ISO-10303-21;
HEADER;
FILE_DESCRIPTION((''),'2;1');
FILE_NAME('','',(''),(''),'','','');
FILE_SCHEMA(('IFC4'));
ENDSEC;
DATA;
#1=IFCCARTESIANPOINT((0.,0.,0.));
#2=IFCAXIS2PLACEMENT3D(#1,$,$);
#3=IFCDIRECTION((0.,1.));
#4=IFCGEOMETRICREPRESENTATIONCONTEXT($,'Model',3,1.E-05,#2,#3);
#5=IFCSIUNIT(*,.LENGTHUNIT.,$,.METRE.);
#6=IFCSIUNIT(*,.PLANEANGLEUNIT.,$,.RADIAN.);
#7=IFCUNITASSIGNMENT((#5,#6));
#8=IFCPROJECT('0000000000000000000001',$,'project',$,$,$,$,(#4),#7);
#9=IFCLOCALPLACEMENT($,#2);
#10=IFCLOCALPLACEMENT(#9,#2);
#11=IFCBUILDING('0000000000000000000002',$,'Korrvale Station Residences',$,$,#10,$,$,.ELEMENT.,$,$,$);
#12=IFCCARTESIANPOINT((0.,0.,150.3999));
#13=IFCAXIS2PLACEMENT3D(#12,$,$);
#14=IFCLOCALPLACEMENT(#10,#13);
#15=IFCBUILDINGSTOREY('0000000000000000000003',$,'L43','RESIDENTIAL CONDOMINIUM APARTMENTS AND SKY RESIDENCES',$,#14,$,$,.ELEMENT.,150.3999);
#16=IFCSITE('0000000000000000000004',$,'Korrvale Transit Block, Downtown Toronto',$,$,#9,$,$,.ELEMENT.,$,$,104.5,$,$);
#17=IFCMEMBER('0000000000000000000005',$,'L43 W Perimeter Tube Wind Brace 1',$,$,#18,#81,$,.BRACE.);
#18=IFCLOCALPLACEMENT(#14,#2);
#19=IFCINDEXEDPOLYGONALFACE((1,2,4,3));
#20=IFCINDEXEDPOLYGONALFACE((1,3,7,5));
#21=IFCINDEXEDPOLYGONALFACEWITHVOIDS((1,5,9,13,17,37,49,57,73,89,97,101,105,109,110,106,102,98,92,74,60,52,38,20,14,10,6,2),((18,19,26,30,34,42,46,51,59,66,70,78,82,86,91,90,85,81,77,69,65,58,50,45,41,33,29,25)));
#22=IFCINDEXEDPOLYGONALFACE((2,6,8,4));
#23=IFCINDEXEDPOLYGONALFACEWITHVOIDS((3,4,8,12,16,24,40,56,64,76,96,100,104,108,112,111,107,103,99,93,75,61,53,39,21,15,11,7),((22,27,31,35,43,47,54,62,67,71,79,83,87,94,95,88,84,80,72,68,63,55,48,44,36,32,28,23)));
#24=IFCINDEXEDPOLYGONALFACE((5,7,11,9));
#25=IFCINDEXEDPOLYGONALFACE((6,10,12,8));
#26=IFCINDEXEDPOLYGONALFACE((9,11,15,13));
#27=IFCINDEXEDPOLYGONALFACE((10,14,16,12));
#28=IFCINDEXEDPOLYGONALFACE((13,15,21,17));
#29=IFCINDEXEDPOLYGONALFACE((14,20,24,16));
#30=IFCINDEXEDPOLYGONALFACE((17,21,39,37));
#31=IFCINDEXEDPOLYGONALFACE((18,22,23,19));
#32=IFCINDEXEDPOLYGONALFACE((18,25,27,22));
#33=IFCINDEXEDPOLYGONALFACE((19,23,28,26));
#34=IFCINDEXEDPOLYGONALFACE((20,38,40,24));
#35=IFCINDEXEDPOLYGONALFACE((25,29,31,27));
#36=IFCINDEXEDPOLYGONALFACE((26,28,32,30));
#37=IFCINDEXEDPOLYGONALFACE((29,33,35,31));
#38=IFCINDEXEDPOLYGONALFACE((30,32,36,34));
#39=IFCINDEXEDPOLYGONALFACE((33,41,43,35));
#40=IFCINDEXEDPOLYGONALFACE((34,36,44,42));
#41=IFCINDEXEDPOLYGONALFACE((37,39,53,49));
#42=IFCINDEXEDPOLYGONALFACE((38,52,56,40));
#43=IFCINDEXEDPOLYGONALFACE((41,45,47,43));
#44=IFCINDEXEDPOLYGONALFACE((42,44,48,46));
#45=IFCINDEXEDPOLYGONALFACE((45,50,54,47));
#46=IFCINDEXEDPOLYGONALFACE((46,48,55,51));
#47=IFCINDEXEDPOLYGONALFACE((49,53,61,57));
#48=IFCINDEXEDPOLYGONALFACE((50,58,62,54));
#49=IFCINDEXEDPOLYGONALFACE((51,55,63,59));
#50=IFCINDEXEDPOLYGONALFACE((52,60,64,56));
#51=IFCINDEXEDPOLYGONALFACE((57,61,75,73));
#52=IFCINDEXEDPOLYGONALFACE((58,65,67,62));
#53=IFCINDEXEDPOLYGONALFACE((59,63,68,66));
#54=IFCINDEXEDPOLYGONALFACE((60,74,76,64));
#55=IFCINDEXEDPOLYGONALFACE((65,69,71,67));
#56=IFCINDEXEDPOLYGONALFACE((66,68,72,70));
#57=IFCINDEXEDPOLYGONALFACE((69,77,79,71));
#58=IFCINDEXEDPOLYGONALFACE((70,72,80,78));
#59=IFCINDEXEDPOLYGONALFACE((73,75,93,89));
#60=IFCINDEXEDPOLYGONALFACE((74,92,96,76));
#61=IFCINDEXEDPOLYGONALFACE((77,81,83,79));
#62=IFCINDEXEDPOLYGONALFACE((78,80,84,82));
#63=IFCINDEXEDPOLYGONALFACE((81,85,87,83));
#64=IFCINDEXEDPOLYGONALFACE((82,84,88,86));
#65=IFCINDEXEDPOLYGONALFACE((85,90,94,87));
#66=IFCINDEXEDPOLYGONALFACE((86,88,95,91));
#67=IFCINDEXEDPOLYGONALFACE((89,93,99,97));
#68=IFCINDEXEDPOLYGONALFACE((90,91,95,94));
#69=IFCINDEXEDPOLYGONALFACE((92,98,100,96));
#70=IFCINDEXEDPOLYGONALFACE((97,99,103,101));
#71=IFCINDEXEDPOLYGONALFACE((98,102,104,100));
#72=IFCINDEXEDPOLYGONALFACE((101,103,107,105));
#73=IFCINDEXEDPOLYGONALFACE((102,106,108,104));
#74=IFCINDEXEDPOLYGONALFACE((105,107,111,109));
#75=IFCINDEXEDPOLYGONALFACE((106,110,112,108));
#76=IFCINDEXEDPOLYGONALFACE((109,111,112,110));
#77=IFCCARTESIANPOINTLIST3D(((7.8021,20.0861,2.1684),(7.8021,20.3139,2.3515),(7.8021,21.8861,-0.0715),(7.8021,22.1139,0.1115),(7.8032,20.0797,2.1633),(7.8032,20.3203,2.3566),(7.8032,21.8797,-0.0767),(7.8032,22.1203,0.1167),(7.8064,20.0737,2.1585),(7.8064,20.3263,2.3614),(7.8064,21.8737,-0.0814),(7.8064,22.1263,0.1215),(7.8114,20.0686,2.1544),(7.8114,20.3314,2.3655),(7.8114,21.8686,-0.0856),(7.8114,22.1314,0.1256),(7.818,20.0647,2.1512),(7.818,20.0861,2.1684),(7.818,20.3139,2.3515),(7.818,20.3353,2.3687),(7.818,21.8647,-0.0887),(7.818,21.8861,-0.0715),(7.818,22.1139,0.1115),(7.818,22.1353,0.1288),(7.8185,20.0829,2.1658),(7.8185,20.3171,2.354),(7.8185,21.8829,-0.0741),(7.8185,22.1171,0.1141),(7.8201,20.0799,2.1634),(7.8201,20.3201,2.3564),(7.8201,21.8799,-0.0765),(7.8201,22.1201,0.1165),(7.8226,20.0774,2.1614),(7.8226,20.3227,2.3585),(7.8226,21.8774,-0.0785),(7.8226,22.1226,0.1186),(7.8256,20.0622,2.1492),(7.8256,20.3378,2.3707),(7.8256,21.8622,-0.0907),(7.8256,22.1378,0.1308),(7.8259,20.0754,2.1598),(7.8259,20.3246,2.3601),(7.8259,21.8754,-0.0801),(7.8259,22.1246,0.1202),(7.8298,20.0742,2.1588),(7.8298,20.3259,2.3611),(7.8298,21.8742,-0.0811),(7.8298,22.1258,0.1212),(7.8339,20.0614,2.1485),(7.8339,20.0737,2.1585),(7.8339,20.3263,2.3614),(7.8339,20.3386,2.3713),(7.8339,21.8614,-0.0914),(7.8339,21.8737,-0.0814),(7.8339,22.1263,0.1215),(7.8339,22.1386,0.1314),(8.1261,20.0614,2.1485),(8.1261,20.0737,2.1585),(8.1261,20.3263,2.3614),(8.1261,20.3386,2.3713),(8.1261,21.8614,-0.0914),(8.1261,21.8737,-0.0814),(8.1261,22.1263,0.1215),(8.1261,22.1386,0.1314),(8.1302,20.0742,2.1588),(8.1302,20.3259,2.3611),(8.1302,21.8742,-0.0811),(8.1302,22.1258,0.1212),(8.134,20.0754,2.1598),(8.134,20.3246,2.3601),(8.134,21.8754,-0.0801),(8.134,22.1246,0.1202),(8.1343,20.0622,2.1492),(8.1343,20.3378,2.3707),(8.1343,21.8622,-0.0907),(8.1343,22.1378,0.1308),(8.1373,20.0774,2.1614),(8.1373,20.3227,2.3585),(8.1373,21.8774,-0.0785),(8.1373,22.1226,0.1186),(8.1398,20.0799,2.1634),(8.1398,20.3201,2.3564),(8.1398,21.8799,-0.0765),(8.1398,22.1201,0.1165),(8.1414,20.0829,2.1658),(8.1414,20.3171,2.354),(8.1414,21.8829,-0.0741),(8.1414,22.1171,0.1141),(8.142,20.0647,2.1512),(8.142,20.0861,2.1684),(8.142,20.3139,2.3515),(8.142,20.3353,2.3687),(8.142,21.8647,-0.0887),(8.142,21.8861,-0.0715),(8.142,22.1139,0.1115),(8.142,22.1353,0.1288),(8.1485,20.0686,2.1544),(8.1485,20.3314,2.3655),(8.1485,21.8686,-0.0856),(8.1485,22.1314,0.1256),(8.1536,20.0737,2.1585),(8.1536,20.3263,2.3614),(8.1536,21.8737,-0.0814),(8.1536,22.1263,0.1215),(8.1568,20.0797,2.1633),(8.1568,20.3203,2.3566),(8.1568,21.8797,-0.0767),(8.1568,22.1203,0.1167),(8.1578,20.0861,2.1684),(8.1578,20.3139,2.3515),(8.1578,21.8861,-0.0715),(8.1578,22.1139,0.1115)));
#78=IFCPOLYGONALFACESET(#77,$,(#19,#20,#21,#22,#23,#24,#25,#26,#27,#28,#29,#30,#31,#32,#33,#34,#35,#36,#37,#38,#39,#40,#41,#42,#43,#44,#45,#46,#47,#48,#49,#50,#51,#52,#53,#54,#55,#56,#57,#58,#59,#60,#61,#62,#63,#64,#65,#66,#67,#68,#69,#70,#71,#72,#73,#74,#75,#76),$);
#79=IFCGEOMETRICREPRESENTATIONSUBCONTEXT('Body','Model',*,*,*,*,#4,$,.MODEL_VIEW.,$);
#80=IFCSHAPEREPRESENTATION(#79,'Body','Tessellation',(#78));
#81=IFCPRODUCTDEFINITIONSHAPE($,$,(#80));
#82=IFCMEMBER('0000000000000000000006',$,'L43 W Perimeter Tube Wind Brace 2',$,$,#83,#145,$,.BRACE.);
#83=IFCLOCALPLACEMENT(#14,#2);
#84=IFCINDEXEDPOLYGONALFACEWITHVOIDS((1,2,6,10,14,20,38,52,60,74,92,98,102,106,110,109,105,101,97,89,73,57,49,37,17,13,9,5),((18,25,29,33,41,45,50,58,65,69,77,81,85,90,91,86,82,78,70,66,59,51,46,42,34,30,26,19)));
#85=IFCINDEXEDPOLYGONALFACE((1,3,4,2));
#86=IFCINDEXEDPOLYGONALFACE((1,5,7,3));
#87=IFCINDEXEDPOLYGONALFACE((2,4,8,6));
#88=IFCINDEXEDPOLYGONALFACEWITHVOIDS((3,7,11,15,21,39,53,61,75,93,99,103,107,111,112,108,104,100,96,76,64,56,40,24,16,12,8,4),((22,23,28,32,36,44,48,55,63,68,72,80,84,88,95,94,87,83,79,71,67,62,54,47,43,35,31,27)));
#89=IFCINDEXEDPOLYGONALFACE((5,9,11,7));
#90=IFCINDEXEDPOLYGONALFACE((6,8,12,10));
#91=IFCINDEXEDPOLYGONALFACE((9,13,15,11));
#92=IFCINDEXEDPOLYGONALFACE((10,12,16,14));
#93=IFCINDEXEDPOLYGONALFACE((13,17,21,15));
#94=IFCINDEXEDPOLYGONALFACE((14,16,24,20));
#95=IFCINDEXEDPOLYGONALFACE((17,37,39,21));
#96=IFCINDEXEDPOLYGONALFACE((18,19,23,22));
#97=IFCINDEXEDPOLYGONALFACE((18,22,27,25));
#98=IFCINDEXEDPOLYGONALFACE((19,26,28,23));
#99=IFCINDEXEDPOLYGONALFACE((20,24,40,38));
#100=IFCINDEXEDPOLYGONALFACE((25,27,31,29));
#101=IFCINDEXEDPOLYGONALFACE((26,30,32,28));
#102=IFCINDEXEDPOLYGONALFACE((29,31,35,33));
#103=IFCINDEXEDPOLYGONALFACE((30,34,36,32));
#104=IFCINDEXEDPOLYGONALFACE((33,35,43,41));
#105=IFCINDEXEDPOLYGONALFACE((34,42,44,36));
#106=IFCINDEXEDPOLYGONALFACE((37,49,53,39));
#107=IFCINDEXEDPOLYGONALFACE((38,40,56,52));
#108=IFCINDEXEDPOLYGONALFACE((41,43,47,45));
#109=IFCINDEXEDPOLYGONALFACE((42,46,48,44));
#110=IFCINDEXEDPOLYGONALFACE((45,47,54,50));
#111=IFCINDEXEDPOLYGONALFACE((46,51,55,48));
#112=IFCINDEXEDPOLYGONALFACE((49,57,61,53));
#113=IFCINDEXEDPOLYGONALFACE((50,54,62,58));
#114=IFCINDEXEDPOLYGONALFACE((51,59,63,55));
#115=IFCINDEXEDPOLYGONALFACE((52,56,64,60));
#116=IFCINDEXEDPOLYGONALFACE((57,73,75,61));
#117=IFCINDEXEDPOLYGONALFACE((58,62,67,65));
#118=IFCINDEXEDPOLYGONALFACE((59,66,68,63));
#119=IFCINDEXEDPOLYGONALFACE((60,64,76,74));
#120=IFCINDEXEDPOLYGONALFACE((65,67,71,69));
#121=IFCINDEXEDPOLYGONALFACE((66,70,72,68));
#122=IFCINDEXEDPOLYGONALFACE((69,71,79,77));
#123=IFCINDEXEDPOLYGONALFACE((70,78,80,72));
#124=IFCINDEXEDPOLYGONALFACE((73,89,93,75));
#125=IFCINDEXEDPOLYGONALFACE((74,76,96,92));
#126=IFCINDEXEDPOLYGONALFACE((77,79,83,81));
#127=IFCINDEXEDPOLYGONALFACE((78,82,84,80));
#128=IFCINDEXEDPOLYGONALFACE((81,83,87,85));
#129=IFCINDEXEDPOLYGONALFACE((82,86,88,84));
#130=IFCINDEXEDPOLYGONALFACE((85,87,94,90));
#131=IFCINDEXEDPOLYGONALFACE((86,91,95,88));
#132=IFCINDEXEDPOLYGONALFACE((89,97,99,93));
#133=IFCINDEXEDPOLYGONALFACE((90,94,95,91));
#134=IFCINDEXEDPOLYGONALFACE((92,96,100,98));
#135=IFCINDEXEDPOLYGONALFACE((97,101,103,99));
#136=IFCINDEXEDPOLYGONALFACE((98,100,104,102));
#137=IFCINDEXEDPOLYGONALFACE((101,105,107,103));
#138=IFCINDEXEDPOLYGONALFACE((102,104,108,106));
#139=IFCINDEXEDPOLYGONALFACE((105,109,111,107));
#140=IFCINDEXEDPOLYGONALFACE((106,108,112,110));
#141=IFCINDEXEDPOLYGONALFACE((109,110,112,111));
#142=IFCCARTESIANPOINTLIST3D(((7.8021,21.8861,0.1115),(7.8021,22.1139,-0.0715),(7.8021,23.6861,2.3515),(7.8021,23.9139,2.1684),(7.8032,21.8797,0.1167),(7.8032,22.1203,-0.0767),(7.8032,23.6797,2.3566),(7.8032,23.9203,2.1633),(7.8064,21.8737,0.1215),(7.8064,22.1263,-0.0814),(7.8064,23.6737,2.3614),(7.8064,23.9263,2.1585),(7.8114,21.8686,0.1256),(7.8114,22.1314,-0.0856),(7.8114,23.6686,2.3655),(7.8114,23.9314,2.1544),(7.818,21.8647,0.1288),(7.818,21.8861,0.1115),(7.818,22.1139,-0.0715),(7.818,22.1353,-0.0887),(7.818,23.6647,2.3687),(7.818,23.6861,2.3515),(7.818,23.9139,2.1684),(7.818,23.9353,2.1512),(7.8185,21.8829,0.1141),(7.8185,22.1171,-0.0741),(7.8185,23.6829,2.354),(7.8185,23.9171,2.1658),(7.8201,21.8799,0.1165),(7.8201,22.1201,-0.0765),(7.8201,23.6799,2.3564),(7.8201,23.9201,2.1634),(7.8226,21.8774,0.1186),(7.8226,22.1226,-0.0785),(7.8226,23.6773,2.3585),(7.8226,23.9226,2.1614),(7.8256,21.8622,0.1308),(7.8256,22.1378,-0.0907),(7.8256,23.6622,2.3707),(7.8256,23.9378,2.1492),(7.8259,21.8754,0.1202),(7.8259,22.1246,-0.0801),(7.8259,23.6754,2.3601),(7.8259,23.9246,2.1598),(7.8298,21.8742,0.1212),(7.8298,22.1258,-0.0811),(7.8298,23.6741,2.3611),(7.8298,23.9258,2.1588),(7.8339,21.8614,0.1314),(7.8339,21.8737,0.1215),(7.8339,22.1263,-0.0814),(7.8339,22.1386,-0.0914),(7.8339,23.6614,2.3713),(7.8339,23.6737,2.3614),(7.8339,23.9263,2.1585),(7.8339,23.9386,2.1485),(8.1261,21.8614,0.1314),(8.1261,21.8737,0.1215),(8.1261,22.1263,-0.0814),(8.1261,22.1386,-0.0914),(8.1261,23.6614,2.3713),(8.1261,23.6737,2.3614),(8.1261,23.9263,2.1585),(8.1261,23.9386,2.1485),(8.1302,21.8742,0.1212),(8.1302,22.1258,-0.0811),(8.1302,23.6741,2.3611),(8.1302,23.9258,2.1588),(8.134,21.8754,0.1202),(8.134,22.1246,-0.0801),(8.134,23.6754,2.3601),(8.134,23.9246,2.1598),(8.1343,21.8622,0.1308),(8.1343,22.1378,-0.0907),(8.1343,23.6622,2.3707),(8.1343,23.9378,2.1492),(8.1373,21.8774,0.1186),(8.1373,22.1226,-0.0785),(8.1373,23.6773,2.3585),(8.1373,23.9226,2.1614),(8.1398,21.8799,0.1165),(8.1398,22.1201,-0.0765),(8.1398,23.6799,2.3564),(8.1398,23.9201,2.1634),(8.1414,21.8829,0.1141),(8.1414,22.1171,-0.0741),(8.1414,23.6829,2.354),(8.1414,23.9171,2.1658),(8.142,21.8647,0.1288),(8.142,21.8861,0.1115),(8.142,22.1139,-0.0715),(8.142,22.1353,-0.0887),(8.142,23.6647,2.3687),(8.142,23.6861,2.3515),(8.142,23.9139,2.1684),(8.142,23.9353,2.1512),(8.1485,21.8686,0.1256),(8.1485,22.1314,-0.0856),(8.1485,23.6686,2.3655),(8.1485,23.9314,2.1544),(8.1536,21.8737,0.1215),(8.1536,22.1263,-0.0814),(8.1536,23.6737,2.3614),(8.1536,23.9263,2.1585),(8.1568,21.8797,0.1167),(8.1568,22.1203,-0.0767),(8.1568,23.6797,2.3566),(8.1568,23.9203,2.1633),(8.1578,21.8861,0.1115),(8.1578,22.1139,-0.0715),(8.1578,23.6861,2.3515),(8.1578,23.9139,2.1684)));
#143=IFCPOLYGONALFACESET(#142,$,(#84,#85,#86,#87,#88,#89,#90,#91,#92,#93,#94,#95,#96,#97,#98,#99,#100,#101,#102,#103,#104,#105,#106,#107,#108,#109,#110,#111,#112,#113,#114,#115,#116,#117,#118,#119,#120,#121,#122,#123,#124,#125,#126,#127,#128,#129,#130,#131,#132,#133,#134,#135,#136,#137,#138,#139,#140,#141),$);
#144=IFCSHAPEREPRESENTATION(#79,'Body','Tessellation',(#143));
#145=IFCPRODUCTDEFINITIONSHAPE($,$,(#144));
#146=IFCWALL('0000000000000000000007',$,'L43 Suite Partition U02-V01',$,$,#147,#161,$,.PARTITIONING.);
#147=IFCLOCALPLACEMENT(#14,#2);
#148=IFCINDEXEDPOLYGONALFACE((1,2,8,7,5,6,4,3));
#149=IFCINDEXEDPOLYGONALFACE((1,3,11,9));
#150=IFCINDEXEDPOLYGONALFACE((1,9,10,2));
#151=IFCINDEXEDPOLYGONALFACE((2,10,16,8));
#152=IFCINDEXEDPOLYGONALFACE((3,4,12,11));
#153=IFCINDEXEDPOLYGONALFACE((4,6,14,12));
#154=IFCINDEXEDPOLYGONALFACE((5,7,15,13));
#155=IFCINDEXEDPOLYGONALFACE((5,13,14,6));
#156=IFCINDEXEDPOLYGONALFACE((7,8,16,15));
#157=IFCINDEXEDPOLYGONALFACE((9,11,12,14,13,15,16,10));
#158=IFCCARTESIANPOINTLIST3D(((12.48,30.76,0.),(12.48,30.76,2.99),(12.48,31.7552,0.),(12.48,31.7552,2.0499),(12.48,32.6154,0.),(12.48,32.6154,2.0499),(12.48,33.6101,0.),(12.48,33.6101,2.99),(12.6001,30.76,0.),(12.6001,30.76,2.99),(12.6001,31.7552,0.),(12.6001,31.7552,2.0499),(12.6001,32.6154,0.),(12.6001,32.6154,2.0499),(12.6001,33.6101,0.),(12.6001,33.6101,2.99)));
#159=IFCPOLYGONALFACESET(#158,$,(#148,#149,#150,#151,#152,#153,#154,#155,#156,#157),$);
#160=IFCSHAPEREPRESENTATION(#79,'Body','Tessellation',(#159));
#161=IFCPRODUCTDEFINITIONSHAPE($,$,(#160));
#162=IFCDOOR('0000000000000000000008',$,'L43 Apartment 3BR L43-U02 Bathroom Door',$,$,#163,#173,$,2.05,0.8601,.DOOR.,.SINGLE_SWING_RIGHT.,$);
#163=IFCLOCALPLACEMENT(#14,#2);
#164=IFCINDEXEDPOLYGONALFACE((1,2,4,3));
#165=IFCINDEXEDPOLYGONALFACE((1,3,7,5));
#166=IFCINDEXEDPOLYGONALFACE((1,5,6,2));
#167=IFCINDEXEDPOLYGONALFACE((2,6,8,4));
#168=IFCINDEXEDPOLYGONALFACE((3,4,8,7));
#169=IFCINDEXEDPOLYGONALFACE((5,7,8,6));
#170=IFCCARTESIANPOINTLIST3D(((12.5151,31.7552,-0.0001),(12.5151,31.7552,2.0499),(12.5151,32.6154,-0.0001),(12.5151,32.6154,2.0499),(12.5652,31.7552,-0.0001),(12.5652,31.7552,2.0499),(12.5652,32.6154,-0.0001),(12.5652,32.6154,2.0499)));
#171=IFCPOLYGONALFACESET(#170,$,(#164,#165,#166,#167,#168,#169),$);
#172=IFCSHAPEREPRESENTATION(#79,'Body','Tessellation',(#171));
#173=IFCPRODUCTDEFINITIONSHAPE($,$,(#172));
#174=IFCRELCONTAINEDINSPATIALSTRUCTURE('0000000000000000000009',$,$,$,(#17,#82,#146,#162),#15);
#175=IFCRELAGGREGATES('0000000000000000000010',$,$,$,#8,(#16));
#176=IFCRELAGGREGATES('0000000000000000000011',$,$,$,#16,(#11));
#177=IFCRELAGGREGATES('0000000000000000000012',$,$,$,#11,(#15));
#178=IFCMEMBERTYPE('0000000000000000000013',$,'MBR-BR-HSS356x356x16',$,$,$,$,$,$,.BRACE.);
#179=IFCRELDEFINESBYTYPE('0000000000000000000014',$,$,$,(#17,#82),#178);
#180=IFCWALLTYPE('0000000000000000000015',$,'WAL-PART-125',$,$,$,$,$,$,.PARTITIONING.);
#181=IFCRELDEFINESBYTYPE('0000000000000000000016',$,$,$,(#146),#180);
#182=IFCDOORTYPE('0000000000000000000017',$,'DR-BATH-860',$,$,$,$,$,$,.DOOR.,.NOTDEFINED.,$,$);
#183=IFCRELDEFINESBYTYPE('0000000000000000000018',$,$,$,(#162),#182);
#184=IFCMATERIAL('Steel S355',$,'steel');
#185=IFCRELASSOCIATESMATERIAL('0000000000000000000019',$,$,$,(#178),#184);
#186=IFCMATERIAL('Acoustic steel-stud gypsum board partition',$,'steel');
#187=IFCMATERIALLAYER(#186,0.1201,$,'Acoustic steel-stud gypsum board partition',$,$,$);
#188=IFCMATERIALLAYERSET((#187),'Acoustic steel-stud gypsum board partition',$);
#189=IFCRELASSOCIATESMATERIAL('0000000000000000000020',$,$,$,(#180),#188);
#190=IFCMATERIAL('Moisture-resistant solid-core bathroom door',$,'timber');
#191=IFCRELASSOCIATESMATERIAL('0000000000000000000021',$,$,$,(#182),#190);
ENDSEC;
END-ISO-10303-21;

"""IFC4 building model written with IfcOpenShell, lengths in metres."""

from ifc_helpers import new_model, si_unit, direction, frame, frame_2d, origin, origin_2d, place, context, subcontext, project, spatial, rectangle, hollow_rectangle, extrude, material, layer, layer_set, material_profile, profile_set, type_object, element, fill, save


model = new_model("IFC4")

# Units and contexts
model_context = context("Model", 3, precision=1e-05, world=origin(), true_north=direction((0.0, 1.0)))
body_context = subcontext(model_context, "Body", "Model", "MODEL_VIEW")
ifc_project = project(units=[si_unit("LENGTHUNIT", "METRE"), si_unit("PLANEANGLEUNIT", "RADIAN")], contexts=[model_context])

# Site, building, storey
site_placement = place(None, origin())
site = spatial("IfcSite", under=ifc_project, at=site_placement, Name="Korrvale Transit Block, Downtown Toronto", CompositionType="ELEMENT", RefElevation=104.5)
building_placement = place(site_placement, origin())
building = spatial("IfcBuilding", under=site, at=building_placement, Name="Korrvale Station Residences", CompositionType="ELEMENT")
storey_placement = place(building_placement, frame((0.0, 0.0, 150.3999)))
storey = spatial("IfcBuildingStorey", under=building, at=storey_placement, Name="L43", Description="RESIDENTIAL CONDOMINIUM APARTMENTS AND SKY RESIDENCES", CompositionType="ELEMENT", Elevation=150.3999)

# Shared definitions
ifc_material_1 = material(Name="Steel S355", Category="steel")

# Members
ifc_material_profile_1 = material_profile(ifc_material_1, hollow_rectangle(XDim=0.3557, YDim=0.3557, WallThickness=0.0159, InnerFilletRadius=0.0159, OuterFilletRadius=0.0317, at=origin_2d()), Name="HSS356x356x16")
ifc_profile_set_1 = profile_set([ifc_material_profile_1], Name="Steel S355")
member_type = type_object("IfcMemberType", Name="MBR-BR-HSS356x356x16", PredefinedType="BRACE", material=ifc_profile_set_1)
for number, where, z_axis, x_axis, name in (
    (1, (7.98, 22.0, 0.02), (0.0, -0.626403, 0.779499), (1.0, 0.0, 0.0), "L43 W Perimeter Tube Wind Brace 1"),
    (2, (7.98, 22.0, 0.02), (0.0, 0.626403, 0.779499), (-1.0, 0.0, 0.0), "L43 W Perimeter Tube Wind Brace 2"),
):
    element("IfcMember", number, at=place(storey_placement, frame(where, z_axis=z_axis, x_axis=x_axis)), inside=storey, type_object=member_type, Name=name, PredefinedType="BRACE", context=body_context, shape_type="SweptSolid", body=[
        extrude(hollow_rectangle(XDim=0.3557, YDim=0.3557, WallThickness=0.0159, InnerFilletRadius=0.0159, OuterFilletRadius=0.0317, at=origin_2d()), origin(), (0.0, 0.0, 1.0), 2.8735),
    ])

# Wall, opening, door
ifc_material_2 = material(Name="Acoustic steel-stud gypsum board partition", Category="steel")
ifc_layer_1 = layer(ifc_material_2, 0.1201, Name="Acoustic steel-stud gypsum board partition")
ifc_layer_set_1 = layer_set([ifc_layer_1], Name="Acoustic steel-stud gypsum board partition")
wall_type_1 = type_object("IfcWallType", Name="WAL-PART-125", PredefinedType="PARTITIONING", material=ifc_layer_set_1)
wall_1_placement = place(storey_placement, frame((12.54, 30.76, 0.0), z_axis=(0.0, 0.0, 1.0), x_axis=(0.0, 1.0, 0.0)))
wall_1 = element("IfcWall", 3, at=wall_1_placement, inside=storey, type_object=wall_type_1, Name="L43 Suite Partition U02-V01", PredefinedType="PARTITIONING", context=body_context, shape_type="SweptSolid", body=[
    extrude(rectangle(XDim=2.8501, YDim=0.1201, at=frame_2d((1.425, 0.0))), origin(), (0.0, 0.0, 1.0), 2.99),
])
opening_1_placement = place(wall_1_placement, frame((0.9951, 0.0, 0.0)))
opening_1 = element("IfcOpeningElement", 4, at=opening_1_placement, cuts=wall_1, PredefinedType="OPENING", context=body_context, shape_type="SweptSolid", body=[
    extrude(rectangle(XDim=0.8601, YDim=2.05, at=frame_2d((0.4302, 1.0249))), frame((0.0, 0.0701, 0.0), z_axis=(0.0, -1.0, 0.0), x_axis=(1.0, 0.0, 0.0)), (0.0, 0.0, 1.0), 0.1401),
])
ifc_material_3 = material(Name="Moisture-resistant solid-core bathroom door", Category="timber")
door_type_1 = type_object("IfcDoorType", Name="DR-BATH-860", OperationType="NOTDEFINED", PredefinedType="DOOR", material=ifc_material_3)
door_1_placement = place(opening_1_placement, origin())
door_1 = element("IfcDoor", 5, at=door_1_placement, inside=storey, type_object=door_type_1, Name="L43 Apartment 3BR L43-U02 Bathroom Door", OperationType="SINGLE_SWING_RIGHT", OverallHeight=2.05, OverallWidth=0.8601, PredefinedType="DOOR", context=body_context, shape_type="SweptSolid", body=[
    extrude(rectangle(XDim=0.8601, YDim=2.05, at=frame_2d((0.4302, 1.0249))), frame((0.0, 0.0249, 0.0), z_axis=(0.0, -1.0, 0.0), x_axis=(1.0, 0.0, 0.0)), (0.0, 0.0, 1.0), 0.05),
])
fill(opening_1, door_1)

save(model, "model.ifc")
